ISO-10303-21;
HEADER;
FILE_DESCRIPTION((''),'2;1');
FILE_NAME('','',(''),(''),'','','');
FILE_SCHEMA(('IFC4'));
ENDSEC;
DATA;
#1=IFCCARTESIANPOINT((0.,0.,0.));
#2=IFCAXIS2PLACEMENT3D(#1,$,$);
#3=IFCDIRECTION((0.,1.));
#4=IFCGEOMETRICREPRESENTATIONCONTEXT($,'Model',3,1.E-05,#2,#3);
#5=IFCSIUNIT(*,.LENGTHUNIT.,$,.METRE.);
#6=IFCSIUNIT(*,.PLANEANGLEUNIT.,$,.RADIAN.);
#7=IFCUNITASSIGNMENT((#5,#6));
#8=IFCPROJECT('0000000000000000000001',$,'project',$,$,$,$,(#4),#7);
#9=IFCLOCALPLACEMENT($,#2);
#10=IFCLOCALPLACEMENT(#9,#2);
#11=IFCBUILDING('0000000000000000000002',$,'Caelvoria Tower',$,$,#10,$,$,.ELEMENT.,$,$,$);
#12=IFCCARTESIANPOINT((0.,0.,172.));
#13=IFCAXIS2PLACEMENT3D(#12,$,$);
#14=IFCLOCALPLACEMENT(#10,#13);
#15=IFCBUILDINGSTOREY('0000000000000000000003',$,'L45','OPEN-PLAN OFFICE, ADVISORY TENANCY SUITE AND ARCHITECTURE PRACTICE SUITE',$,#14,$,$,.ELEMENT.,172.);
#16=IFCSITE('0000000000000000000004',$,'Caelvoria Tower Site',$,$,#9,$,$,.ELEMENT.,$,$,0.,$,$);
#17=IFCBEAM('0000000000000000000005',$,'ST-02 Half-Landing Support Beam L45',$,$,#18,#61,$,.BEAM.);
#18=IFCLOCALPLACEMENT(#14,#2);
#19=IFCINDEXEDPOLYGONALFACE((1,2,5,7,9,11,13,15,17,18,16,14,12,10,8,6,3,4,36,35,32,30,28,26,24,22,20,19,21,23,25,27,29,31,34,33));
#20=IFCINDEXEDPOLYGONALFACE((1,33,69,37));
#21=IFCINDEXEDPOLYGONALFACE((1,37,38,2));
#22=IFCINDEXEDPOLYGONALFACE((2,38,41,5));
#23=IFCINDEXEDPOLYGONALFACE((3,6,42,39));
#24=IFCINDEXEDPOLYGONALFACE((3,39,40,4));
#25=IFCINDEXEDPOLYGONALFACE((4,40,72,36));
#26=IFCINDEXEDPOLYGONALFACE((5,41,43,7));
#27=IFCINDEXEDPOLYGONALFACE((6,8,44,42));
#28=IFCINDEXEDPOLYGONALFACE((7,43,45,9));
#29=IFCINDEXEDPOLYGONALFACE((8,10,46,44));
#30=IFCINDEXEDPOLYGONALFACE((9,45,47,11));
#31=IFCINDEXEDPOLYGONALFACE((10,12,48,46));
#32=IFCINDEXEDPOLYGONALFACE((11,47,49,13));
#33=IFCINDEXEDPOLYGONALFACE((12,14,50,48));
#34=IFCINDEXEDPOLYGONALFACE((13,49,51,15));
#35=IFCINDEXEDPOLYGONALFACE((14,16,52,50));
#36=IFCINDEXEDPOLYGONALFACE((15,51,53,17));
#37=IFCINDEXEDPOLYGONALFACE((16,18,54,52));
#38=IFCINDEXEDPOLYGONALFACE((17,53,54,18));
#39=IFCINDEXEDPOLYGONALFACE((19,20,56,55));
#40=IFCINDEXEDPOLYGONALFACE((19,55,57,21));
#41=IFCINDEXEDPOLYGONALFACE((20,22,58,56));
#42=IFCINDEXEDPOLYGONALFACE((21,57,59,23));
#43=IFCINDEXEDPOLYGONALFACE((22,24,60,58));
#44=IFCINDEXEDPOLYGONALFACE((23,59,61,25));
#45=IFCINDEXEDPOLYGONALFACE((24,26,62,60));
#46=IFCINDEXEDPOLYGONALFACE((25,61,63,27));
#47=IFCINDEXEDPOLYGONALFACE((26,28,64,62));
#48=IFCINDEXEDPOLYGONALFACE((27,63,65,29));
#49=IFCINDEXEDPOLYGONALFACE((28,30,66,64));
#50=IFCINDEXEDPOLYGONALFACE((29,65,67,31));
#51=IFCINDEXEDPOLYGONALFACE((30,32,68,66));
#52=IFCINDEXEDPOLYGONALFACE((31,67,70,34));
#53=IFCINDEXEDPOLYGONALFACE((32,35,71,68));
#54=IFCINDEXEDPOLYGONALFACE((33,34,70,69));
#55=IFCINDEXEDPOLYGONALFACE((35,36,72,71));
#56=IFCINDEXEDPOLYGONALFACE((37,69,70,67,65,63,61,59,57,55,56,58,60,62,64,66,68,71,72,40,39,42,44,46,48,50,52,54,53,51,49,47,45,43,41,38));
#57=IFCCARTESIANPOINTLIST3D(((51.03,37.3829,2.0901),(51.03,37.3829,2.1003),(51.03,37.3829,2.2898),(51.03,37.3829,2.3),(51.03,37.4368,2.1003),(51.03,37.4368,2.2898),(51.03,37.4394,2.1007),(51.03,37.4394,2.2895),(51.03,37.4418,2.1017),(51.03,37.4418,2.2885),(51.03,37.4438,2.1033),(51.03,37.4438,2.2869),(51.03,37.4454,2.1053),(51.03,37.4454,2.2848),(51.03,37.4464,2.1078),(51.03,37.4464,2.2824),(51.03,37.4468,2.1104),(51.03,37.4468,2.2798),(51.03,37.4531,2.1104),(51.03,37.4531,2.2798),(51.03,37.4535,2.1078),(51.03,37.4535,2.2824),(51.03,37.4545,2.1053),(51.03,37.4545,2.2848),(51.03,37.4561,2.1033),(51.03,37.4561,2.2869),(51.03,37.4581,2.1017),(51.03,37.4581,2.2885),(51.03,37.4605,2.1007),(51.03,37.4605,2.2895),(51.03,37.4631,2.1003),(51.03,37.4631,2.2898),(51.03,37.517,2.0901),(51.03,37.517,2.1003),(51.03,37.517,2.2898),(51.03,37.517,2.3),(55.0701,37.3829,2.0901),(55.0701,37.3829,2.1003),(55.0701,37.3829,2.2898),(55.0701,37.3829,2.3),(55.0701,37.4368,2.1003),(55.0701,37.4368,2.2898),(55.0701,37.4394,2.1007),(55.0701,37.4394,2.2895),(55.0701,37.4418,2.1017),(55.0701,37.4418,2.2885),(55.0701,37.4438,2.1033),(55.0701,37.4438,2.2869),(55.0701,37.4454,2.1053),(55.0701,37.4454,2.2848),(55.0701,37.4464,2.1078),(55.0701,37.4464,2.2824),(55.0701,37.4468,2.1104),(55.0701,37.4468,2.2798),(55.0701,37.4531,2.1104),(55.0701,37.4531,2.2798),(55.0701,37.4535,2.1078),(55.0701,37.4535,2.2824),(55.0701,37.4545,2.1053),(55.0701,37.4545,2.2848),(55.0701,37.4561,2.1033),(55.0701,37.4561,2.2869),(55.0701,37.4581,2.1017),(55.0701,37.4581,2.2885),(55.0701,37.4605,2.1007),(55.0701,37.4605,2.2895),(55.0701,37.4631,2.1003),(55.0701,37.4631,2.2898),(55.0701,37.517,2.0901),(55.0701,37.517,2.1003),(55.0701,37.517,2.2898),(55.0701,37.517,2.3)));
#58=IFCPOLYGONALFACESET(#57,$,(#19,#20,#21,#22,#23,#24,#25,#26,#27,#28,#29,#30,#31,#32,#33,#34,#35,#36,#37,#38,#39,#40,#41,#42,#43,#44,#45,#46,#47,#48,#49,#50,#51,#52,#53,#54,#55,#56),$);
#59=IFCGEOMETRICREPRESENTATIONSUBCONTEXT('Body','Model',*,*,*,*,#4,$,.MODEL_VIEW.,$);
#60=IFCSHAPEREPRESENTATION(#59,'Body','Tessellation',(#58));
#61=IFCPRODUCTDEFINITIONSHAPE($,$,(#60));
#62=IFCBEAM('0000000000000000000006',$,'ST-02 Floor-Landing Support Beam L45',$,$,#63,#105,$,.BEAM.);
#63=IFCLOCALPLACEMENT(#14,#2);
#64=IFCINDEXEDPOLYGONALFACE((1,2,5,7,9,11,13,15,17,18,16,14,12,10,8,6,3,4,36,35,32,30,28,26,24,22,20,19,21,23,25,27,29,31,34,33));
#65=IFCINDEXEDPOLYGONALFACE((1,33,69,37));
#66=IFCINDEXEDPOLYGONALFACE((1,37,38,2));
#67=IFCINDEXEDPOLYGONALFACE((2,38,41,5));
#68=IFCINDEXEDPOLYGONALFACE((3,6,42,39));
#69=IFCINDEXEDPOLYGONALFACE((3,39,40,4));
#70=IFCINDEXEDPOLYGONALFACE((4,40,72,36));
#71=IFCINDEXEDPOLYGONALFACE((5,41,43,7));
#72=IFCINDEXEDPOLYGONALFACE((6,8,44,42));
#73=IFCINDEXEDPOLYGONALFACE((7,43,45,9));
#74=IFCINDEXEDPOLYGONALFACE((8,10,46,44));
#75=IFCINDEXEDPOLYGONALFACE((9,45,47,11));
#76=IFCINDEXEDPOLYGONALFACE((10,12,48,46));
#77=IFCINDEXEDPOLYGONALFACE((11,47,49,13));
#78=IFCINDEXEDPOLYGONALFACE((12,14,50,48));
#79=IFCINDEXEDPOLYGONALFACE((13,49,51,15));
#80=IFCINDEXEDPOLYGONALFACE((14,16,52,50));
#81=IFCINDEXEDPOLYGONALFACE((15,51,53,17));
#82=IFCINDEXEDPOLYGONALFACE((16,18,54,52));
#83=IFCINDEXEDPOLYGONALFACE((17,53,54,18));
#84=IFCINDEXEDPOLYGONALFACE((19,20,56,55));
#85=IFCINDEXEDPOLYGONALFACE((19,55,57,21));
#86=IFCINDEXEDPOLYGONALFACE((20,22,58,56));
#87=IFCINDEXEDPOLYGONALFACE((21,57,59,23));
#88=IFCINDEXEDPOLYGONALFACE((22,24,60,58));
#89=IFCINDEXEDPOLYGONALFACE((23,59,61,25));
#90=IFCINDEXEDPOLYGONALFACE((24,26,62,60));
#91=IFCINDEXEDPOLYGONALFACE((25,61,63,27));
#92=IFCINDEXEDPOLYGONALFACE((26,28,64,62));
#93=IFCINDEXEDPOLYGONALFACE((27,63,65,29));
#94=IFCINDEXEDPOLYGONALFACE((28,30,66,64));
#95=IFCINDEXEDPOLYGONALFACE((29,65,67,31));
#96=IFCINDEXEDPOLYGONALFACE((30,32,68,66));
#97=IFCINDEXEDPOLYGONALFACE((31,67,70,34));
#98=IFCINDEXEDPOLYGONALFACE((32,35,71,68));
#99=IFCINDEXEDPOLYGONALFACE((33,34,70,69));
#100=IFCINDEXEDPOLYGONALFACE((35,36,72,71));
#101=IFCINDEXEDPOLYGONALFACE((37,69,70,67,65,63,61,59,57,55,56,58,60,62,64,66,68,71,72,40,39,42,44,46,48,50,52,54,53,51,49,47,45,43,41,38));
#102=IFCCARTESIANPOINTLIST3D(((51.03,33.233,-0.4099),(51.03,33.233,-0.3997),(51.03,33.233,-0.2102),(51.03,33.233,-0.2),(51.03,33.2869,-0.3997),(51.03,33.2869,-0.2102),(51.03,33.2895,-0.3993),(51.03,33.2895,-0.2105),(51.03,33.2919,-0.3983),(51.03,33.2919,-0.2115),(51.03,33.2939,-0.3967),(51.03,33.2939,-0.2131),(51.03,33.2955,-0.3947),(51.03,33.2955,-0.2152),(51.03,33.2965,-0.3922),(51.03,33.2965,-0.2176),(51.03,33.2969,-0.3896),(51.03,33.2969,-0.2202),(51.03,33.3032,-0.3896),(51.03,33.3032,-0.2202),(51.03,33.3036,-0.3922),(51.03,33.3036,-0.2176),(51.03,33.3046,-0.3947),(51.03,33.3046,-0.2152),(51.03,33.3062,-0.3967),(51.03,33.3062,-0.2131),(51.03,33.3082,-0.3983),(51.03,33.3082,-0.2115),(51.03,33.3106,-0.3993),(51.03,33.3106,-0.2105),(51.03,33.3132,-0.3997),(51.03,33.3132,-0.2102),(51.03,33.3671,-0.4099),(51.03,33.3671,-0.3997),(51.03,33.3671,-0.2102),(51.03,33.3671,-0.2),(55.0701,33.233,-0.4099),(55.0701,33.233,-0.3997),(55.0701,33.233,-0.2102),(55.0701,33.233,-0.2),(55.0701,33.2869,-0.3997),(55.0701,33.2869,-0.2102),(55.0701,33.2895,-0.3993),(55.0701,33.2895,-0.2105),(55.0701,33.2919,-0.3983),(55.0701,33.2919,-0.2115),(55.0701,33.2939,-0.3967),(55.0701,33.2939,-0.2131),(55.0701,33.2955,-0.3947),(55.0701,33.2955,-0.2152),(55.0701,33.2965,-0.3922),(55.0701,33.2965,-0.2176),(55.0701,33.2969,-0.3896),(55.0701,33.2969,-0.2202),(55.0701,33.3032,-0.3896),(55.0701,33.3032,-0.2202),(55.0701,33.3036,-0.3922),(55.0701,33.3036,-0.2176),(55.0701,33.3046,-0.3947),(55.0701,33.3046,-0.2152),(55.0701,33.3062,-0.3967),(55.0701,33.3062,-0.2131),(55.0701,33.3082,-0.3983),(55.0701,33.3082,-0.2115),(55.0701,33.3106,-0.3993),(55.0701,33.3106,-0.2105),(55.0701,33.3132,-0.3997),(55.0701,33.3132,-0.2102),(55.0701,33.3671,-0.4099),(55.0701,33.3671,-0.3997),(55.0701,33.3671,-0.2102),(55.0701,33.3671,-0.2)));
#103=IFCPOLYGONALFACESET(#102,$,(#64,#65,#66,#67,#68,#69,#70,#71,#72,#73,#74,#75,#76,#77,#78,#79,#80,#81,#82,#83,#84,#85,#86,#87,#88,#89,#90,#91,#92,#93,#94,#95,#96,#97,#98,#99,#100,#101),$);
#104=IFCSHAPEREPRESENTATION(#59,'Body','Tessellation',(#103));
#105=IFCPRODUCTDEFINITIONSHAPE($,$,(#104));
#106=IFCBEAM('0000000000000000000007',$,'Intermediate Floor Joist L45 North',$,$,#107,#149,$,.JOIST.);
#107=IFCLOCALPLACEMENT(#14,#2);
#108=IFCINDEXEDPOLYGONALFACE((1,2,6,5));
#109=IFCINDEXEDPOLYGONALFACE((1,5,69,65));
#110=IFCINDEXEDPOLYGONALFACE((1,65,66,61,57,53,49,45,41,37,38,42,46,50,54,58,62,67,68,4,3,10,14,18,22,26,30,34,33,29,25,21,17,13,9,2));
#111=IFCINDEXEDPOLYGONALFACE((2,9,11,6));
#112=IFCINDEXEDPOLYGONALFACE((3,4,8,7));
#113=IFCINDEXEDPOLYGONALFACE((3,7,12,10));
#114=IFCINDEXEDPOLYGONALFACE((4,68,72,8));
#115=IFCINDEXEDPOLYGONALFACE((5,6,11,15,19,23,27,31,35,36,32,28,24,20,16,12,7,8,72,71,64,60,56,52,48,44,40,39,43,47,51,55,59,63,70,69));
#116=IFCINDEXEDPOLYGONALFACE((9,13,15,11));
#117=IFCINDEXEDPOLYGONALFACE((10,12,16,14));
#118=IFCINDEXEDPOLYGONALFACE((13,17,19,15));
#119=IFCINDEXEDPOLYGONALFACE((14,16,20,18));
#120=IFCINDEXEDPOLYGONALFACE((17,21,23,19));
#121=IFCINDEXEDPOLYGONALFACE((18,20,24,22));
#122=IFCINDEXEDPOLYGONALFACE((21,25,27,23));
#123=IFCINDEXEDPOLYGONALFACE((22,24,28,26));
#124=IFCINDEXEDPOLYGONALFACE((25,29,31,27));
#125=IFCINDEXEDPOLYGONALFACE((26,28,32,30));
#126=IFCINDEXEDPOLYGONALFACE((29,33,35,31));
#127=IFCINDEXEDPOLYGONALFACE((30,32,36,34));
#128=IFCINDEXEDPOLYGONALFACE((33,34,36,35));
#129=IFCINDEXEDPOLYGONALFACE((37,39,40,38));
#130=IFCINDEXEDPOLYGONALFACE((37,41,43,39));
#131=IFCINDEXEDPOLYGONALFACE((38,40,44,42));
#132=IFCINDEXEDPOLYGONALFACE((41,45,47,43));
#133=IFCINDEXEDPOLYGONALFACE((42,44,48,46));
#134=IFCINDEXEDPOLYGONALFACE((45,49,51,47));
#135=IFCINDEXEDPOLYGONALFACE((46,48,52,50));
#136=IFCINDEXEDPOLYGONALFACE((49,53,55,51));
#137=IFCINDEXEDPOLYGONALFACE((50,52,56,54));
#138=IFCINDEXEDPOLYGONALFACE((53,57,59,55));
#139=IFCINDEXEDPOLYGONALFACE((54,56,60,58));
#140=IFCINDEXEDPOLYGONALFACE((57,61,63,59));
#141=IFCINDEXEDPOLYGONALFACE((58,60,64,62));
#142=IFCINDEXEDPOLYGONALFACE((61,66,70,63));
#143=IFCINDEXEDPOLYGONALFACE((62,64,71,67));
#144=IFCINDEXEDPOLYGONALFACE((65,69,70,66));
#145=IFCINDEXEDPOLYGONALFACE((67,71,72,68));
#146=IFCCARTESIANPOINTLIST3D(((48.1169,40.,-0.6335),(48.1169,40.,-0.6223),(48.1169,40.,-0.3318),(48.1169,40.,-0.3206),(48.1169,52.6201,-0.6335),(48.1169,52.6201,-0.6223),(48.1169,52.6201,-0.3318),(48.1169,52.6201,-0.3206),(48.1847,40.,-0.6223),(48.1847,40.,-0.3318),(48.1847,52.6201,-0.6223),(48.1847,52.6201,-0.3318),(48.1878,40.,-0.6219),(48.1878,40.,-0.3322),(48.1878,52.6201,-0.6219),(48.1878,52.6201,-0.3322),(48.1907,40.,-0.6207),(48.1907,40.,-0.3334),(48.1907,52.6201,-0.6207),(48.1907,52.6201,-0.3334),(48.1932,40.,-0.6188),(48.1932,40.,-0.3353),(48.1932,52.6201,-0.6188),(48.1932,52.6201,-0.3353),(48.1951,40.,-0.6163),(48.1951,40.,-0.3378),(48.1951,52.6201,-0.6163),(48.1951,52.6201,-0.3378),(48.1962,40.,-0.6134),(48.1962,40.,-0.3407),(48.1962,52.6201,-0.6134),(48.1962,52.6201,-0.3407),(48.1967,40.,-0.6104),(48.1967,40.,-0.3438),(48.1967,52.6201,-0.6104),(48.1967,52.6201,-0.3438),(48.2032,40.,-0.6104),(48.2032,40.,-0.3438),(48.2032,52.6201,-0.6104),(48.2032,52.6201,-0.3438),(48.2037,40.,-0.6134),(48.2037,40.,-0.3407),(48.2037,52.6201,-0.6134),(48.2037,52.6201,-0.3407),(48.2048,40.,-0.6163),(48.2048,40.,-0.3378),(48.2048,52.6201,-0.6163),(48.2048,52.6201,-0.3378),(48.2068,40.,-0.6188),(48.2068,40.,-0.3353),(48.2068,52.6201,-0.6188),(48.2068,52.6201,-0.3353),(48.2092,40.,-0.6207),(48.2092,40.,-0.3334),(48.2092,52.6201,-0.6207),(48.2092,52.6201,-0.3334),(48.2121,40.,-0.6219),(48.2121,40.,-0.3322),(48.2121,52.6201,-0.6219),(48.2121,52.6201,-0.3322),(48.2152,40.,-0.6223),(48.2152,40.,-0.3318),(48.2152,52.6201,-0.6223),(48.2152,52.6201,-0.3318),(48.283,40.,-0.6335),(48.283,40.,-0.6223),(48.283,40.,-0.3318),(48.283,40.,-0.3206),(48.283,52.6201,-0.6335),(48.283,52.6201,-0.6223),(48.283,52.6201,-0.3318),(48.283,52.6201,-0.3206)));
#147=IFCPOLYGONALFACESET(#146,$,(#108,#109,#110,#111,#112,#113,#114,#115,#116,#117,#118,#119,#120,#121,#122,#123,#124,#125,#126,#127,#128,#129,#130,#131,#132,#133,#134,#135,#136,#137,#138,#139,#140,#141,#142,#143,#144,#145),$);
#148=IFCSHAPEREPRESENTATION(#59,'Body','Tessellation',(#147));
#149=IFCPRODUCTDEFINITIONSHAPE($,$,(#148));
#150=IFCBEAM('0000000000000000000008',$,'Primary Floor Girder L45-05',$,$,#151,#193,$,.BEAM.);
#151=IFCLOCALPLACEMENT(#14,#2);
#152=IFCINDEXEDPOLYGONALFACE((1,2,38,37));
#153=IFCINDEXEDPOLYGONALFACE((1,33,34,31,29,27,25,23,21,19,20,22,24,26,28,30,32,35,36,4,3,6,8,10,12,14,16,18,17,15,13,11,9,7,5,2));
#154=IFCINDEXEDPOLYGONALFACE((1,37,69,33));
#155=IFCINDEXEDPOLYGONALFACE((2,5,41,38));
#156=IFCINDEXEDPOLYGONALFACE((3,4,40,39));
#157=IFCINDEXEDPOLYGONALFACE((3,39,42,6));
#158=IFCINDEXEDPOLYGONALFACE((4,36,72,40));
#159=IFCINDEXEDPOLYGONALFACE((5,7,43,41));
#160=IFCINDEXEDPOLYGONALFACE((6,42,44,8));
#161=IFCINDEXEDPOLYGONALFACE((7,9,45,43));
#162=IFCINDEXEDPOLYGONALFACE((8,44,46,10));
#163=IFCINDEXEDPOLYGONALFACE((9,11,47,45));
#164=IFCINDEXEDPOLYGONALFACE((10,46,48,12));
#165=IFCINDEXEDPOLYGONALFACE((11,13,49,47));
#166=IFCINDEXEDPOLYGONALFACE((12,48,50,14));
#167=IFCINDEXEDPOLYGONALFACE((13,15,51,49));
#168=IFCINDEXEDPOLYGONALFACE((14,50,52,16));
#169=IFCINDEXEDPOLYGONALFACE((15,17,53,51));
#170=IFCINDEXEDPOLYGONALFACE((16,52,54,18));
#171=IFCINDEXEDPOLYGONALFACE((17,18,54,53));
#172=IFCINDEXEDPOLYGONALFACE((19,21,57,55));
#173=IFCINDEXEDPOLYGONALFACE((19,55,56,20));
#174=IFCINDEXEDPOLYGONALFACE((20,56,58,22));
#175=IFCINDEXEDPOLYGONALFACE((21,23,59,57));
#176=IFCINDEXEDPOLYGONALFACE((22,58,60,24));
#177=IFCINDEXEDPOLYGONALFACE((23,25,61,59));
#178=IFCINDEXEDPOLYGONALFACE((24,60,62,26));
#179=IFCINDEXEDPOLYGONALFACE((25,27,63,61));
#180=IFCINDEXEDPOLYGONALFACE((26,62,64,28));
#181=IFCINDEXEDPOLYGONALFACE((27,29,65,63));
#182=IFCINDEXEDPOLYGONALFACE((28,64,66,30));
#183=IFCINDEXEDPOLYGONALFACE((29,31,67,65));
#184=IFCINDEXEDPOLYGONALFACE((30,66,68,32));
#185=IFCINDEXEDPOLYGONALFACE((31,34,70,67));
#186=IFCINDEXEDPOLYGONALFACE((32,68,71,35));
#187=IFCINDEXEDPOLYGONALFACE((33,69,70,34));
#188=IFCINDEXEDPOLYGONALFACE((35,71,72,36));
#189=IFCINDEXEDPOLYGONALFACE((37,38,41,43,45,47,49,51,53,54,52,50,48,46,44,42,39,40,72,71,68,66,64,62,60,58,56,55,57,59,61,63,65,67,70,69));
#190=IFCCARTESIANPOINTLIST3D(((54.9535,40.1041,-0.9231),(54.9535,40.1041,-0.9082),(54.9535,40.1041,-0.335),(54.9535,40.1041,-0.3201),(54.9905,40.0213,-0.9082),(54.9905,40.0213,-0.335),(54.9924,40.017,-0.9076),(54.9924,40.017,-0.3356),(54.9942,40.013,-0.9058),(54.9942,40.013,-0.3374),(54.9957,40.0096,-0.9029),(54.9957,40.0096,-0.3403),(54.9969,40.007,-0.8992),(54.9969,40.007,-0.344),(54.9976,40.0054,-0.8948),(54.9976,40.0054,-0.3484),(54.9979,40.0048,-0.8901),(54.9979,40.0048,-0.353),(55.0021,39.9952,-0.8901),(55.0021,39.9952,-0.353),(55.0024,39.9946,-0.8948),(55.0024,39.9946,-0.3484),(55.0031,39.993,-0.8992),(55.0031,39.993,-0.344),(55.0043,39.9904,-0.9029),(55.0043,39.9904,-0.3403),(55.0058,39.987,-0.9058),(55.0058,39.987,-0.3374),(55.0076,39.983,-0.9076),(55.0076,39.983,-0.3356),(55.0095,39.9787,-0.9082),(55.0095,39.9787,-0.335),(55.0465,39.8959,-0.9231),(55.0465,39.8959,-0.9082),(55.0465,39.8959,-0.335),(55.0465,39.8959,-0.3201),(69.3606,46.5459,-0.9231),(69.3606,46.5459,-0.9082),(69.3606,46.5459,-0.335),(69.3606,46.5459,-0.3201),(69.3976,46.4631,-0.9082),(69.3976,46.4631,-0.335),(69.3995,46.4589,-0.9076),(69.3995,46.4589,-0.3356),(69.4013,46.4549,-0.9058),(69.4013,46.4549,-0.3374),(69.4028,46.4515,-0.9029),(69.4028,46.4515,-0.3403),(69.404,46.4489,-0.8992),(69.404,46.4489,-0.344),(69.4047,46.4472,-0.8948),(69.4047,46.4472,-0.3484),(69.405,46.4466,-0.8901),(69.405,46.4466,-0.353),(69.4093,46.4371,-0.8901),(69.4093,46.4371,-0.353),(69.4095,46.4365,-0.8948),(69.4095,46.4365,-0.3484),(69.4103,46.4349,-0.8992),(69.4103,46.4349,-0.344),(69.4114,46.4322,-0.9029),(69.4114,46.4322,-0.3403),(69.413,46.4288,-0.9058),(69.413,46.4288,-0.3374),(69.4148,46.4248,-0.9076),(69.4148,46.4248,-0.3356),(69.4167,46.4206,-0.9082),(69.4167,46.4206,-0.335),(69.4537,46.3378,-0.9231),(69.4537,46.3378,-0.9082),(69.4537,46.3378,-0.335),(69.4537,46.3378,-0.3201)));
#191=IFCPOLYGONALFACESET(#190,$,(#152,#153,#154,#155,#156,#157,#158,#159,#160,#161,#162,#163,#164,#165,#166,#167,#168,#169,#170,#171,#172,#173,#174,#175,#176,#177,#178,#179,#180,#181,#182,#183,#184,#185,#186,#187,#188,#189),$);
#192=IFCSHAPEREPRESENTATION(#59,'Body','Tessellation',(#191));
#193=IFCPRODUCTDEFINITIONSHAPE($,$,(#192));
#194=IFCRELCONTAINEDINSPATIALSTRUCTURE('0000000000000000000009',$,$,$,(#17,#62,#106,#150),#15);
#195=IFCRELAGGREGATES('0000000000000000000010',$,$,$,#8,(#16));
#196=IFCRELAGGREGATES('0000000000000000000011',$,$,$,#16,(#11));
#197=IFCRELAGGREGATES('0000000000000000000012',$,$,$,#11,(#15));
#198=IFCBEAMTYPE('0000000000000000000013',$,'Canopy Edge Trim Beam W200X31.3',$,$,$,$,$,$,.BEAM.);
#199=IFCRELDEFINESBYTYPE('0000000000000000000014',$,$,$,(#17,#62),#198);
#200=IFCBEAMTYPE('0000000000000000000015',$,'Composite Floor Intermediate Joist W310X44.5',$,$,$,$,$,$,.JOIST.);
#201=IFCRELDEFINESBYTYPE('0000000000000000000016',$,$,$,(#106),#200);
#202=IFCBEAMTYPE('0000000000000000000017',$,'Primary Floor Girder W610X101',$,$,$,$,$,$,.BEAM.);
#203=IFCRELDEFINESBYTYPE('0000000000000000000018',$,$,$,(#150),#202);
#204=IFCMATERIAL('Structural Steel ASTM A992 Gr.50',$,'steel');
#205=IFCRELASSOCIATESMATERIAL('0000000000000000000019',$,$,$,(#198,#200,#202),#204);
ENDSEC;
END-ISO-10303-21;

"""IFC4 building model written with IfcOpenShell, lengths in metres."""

from ifc_helpers import new_model, si_unit, direction, frame, origin, origin_2d, place, context, subcontext, project, spatial, i_section, extrude, material, material_profile, profile_set, type_object, element, save


model = new_model("IFC4")

# Units and contexts
model_context = context("Model", 3, precision=1e-05, world=origin(), true_north=direction((0.0, 1.0)))
body_context = subcontext(model_context, "Body", "Model", "MODEL_VIEW")
ifc_project = project(units=[si_unit("LENGTHUNIT", "METRE"), si_unit("PLANEANGLEUNIT", "RADIAN")], contexts=[model_context])

# Site, building, storey
site_placement = place(None, origin())
site = spatial("IfcSite", under=ifc_project, at=site_placement, Name="Caelvoria Tower Site", CompositionType="ELEMENT", RefElevation=0.0)
building_placement = place(site_placement, origin())
building = spatial("IfcBuilding", under=site, at=building_placement, Name="Caelvoria Tower", CompositionType="ELEMENT")
storey_placement = place(building_placement, frame((0.0, 0.0, 172.0)))
storey = spatial("IfcBuildingStorey", under=building, at=storey_placement, Name="L45", Description="OPEN-PLAN OFFICE, ADVISORY TENANCY SUITE AND ARCHITECTURE PRACTICE SUITE", CompositionType="ELEMENT", Elevation=172.0)

# Beams
ifc_material_1 = material(Name="Structural Steel ASTM A992 Gr.50", Category="steel")
ifc_material_profile_1 = material_profile(ifc_material_1, i_section(OverallWidth=0.134, OverallDepth=0.21, WebThickness=0.0063, FlangeThickness=0.0103, FilletRadius=0.01, at=origin_2d()), Name="Structural Steel ASTM A992 Gr.50")
ifc_profile_set_1 = profile_set([ifc_material_profile_1], Name="W200X31.3 - Structural Steel ASTM A992 Gr.50")
beam_type_1 = type_object("IfcBeamType", Name="Canopy Edge Trim Beam W200X31.3", PredefinedType="BEAM", material=ifc_profile_set_1)
for number, where, z_axis, x_axis, name in (
    (1, (51.03, 37.45, 2.1951), (1.0, 0.0, 0.0), (0.0, 1.0, 0.0), "ST-02 Half-Landing Support Beam L45"),
    (2, (51.03, 33.3, -0.3049), (1.0, 0.0, 0.0), (0.0, 1.0, 0.0), "ST-02 Floor-Landing Support Beam L45"),
):
    element("IfcBeam", number, at=place(storey_placement, frame(where, z_axis=z_axis, x_axis=x_axis)), inside=storey, type_object=beam_type_1, Name=name, PredefinedType="BEAM", context=body_context, shape_type="SweptSolid", body=[
        extrude(i_section(OverallWidth=0.134, OverallDepth=0.21, WebThickness=0.0063, FlangeThickness=0.0103, FilletRadius=0.01, at=origin_2d()), origin(), (0.0, 0.0, 1.0), 4.04),
    ])
ifc_material_profile_2 = material_profile(ifc_material_1, i_section(OverallWidth=0.166, OverallDepth=0.313, WebThickness=0.0066, FlangeThickness=0.0112, FilletRadius=0.012, at=origin_2d()), Name="Structural Steel ASTM A992 Gr.50")
ifc_profile_set_2 = profile_set([ifc_material_profile_2], Name="W310X44.5 - Structural Steel ASTM A992 Gr.50")
beam_type_2 = type_object("IfcBeamType", Name="Composite Floor Intermediate Joist W310X44.5", PredefinedType="JOIST", material=ifc_profile_set_2)
beam_1_placement = place(storey_placement, frame((48.2, 40.0, -0.4771), z_axis=(0.0, 1.0, 0.0), x_axis=(-1.0, 0.0, 0.0)))
element("IfcBeam", 3, at=beam_1_placement, inside=storey, type_object=beam_type_2, Name="Intermediate Floor Joist L45 North", PredefinedType="JOIST", context=body_context, shape_type="SweptSolid", body=[
    extrude(i_section(OverallWidth=0.166, OverallDepth=0.313, WebThickness=0.0066, FlangeThickness=0.0112, FilletRadius=0.012, at=origin_2d()), origin(), (0.0, 0.0, 1.0), 12.6201),
])
ifc_material_profile_3 = material_profile(ifc_material_1, i_section(OverallWidth=0.228, OverallDepth=0.603, WebThickness=0.0105, FlangeThickness=0.0149, FilletRadius=0.0181, at=origin_2d()), Name="Structural Steel ASTM A992 Gr.50")
ifc_profile_set_3 = profile_set([ifc_material_profile_3], Name="W610X101 - Structural Steel ASTM A992 Gr.50")
beam_type_3 = type_object("IfcBeamType", Name="Primary Floor Girder W610X101", PredefinedType="BEAM", material=ifc_profile_set_3)
beam_2_placement = place(storey_placement, frame((55.0, 40.0, -0.6216), z_axis=(0.9129, 0.408184, 0.0), x_axis=(-0.408184, 0.9129, 0.0)))
element("IfcBeam", 4, at=beam_2_placement, inside=storey, type_object=beam_type_3, Name="Primary Floor Girder L45-05", PredefinedType="BEAM", context=body_context, shape_type="SweptSolid", body=[
    extrude(i_section(OverallWidth=0.228, OverallDepth=0.603, WebThickness=0.0105, FlangeThickness=0.0149, FilletRadius=0.0181, at=origin_2d()), origin(), (0.0, 0.0, 1.0), 15.7817),
])

save(model, "model.ifc")
